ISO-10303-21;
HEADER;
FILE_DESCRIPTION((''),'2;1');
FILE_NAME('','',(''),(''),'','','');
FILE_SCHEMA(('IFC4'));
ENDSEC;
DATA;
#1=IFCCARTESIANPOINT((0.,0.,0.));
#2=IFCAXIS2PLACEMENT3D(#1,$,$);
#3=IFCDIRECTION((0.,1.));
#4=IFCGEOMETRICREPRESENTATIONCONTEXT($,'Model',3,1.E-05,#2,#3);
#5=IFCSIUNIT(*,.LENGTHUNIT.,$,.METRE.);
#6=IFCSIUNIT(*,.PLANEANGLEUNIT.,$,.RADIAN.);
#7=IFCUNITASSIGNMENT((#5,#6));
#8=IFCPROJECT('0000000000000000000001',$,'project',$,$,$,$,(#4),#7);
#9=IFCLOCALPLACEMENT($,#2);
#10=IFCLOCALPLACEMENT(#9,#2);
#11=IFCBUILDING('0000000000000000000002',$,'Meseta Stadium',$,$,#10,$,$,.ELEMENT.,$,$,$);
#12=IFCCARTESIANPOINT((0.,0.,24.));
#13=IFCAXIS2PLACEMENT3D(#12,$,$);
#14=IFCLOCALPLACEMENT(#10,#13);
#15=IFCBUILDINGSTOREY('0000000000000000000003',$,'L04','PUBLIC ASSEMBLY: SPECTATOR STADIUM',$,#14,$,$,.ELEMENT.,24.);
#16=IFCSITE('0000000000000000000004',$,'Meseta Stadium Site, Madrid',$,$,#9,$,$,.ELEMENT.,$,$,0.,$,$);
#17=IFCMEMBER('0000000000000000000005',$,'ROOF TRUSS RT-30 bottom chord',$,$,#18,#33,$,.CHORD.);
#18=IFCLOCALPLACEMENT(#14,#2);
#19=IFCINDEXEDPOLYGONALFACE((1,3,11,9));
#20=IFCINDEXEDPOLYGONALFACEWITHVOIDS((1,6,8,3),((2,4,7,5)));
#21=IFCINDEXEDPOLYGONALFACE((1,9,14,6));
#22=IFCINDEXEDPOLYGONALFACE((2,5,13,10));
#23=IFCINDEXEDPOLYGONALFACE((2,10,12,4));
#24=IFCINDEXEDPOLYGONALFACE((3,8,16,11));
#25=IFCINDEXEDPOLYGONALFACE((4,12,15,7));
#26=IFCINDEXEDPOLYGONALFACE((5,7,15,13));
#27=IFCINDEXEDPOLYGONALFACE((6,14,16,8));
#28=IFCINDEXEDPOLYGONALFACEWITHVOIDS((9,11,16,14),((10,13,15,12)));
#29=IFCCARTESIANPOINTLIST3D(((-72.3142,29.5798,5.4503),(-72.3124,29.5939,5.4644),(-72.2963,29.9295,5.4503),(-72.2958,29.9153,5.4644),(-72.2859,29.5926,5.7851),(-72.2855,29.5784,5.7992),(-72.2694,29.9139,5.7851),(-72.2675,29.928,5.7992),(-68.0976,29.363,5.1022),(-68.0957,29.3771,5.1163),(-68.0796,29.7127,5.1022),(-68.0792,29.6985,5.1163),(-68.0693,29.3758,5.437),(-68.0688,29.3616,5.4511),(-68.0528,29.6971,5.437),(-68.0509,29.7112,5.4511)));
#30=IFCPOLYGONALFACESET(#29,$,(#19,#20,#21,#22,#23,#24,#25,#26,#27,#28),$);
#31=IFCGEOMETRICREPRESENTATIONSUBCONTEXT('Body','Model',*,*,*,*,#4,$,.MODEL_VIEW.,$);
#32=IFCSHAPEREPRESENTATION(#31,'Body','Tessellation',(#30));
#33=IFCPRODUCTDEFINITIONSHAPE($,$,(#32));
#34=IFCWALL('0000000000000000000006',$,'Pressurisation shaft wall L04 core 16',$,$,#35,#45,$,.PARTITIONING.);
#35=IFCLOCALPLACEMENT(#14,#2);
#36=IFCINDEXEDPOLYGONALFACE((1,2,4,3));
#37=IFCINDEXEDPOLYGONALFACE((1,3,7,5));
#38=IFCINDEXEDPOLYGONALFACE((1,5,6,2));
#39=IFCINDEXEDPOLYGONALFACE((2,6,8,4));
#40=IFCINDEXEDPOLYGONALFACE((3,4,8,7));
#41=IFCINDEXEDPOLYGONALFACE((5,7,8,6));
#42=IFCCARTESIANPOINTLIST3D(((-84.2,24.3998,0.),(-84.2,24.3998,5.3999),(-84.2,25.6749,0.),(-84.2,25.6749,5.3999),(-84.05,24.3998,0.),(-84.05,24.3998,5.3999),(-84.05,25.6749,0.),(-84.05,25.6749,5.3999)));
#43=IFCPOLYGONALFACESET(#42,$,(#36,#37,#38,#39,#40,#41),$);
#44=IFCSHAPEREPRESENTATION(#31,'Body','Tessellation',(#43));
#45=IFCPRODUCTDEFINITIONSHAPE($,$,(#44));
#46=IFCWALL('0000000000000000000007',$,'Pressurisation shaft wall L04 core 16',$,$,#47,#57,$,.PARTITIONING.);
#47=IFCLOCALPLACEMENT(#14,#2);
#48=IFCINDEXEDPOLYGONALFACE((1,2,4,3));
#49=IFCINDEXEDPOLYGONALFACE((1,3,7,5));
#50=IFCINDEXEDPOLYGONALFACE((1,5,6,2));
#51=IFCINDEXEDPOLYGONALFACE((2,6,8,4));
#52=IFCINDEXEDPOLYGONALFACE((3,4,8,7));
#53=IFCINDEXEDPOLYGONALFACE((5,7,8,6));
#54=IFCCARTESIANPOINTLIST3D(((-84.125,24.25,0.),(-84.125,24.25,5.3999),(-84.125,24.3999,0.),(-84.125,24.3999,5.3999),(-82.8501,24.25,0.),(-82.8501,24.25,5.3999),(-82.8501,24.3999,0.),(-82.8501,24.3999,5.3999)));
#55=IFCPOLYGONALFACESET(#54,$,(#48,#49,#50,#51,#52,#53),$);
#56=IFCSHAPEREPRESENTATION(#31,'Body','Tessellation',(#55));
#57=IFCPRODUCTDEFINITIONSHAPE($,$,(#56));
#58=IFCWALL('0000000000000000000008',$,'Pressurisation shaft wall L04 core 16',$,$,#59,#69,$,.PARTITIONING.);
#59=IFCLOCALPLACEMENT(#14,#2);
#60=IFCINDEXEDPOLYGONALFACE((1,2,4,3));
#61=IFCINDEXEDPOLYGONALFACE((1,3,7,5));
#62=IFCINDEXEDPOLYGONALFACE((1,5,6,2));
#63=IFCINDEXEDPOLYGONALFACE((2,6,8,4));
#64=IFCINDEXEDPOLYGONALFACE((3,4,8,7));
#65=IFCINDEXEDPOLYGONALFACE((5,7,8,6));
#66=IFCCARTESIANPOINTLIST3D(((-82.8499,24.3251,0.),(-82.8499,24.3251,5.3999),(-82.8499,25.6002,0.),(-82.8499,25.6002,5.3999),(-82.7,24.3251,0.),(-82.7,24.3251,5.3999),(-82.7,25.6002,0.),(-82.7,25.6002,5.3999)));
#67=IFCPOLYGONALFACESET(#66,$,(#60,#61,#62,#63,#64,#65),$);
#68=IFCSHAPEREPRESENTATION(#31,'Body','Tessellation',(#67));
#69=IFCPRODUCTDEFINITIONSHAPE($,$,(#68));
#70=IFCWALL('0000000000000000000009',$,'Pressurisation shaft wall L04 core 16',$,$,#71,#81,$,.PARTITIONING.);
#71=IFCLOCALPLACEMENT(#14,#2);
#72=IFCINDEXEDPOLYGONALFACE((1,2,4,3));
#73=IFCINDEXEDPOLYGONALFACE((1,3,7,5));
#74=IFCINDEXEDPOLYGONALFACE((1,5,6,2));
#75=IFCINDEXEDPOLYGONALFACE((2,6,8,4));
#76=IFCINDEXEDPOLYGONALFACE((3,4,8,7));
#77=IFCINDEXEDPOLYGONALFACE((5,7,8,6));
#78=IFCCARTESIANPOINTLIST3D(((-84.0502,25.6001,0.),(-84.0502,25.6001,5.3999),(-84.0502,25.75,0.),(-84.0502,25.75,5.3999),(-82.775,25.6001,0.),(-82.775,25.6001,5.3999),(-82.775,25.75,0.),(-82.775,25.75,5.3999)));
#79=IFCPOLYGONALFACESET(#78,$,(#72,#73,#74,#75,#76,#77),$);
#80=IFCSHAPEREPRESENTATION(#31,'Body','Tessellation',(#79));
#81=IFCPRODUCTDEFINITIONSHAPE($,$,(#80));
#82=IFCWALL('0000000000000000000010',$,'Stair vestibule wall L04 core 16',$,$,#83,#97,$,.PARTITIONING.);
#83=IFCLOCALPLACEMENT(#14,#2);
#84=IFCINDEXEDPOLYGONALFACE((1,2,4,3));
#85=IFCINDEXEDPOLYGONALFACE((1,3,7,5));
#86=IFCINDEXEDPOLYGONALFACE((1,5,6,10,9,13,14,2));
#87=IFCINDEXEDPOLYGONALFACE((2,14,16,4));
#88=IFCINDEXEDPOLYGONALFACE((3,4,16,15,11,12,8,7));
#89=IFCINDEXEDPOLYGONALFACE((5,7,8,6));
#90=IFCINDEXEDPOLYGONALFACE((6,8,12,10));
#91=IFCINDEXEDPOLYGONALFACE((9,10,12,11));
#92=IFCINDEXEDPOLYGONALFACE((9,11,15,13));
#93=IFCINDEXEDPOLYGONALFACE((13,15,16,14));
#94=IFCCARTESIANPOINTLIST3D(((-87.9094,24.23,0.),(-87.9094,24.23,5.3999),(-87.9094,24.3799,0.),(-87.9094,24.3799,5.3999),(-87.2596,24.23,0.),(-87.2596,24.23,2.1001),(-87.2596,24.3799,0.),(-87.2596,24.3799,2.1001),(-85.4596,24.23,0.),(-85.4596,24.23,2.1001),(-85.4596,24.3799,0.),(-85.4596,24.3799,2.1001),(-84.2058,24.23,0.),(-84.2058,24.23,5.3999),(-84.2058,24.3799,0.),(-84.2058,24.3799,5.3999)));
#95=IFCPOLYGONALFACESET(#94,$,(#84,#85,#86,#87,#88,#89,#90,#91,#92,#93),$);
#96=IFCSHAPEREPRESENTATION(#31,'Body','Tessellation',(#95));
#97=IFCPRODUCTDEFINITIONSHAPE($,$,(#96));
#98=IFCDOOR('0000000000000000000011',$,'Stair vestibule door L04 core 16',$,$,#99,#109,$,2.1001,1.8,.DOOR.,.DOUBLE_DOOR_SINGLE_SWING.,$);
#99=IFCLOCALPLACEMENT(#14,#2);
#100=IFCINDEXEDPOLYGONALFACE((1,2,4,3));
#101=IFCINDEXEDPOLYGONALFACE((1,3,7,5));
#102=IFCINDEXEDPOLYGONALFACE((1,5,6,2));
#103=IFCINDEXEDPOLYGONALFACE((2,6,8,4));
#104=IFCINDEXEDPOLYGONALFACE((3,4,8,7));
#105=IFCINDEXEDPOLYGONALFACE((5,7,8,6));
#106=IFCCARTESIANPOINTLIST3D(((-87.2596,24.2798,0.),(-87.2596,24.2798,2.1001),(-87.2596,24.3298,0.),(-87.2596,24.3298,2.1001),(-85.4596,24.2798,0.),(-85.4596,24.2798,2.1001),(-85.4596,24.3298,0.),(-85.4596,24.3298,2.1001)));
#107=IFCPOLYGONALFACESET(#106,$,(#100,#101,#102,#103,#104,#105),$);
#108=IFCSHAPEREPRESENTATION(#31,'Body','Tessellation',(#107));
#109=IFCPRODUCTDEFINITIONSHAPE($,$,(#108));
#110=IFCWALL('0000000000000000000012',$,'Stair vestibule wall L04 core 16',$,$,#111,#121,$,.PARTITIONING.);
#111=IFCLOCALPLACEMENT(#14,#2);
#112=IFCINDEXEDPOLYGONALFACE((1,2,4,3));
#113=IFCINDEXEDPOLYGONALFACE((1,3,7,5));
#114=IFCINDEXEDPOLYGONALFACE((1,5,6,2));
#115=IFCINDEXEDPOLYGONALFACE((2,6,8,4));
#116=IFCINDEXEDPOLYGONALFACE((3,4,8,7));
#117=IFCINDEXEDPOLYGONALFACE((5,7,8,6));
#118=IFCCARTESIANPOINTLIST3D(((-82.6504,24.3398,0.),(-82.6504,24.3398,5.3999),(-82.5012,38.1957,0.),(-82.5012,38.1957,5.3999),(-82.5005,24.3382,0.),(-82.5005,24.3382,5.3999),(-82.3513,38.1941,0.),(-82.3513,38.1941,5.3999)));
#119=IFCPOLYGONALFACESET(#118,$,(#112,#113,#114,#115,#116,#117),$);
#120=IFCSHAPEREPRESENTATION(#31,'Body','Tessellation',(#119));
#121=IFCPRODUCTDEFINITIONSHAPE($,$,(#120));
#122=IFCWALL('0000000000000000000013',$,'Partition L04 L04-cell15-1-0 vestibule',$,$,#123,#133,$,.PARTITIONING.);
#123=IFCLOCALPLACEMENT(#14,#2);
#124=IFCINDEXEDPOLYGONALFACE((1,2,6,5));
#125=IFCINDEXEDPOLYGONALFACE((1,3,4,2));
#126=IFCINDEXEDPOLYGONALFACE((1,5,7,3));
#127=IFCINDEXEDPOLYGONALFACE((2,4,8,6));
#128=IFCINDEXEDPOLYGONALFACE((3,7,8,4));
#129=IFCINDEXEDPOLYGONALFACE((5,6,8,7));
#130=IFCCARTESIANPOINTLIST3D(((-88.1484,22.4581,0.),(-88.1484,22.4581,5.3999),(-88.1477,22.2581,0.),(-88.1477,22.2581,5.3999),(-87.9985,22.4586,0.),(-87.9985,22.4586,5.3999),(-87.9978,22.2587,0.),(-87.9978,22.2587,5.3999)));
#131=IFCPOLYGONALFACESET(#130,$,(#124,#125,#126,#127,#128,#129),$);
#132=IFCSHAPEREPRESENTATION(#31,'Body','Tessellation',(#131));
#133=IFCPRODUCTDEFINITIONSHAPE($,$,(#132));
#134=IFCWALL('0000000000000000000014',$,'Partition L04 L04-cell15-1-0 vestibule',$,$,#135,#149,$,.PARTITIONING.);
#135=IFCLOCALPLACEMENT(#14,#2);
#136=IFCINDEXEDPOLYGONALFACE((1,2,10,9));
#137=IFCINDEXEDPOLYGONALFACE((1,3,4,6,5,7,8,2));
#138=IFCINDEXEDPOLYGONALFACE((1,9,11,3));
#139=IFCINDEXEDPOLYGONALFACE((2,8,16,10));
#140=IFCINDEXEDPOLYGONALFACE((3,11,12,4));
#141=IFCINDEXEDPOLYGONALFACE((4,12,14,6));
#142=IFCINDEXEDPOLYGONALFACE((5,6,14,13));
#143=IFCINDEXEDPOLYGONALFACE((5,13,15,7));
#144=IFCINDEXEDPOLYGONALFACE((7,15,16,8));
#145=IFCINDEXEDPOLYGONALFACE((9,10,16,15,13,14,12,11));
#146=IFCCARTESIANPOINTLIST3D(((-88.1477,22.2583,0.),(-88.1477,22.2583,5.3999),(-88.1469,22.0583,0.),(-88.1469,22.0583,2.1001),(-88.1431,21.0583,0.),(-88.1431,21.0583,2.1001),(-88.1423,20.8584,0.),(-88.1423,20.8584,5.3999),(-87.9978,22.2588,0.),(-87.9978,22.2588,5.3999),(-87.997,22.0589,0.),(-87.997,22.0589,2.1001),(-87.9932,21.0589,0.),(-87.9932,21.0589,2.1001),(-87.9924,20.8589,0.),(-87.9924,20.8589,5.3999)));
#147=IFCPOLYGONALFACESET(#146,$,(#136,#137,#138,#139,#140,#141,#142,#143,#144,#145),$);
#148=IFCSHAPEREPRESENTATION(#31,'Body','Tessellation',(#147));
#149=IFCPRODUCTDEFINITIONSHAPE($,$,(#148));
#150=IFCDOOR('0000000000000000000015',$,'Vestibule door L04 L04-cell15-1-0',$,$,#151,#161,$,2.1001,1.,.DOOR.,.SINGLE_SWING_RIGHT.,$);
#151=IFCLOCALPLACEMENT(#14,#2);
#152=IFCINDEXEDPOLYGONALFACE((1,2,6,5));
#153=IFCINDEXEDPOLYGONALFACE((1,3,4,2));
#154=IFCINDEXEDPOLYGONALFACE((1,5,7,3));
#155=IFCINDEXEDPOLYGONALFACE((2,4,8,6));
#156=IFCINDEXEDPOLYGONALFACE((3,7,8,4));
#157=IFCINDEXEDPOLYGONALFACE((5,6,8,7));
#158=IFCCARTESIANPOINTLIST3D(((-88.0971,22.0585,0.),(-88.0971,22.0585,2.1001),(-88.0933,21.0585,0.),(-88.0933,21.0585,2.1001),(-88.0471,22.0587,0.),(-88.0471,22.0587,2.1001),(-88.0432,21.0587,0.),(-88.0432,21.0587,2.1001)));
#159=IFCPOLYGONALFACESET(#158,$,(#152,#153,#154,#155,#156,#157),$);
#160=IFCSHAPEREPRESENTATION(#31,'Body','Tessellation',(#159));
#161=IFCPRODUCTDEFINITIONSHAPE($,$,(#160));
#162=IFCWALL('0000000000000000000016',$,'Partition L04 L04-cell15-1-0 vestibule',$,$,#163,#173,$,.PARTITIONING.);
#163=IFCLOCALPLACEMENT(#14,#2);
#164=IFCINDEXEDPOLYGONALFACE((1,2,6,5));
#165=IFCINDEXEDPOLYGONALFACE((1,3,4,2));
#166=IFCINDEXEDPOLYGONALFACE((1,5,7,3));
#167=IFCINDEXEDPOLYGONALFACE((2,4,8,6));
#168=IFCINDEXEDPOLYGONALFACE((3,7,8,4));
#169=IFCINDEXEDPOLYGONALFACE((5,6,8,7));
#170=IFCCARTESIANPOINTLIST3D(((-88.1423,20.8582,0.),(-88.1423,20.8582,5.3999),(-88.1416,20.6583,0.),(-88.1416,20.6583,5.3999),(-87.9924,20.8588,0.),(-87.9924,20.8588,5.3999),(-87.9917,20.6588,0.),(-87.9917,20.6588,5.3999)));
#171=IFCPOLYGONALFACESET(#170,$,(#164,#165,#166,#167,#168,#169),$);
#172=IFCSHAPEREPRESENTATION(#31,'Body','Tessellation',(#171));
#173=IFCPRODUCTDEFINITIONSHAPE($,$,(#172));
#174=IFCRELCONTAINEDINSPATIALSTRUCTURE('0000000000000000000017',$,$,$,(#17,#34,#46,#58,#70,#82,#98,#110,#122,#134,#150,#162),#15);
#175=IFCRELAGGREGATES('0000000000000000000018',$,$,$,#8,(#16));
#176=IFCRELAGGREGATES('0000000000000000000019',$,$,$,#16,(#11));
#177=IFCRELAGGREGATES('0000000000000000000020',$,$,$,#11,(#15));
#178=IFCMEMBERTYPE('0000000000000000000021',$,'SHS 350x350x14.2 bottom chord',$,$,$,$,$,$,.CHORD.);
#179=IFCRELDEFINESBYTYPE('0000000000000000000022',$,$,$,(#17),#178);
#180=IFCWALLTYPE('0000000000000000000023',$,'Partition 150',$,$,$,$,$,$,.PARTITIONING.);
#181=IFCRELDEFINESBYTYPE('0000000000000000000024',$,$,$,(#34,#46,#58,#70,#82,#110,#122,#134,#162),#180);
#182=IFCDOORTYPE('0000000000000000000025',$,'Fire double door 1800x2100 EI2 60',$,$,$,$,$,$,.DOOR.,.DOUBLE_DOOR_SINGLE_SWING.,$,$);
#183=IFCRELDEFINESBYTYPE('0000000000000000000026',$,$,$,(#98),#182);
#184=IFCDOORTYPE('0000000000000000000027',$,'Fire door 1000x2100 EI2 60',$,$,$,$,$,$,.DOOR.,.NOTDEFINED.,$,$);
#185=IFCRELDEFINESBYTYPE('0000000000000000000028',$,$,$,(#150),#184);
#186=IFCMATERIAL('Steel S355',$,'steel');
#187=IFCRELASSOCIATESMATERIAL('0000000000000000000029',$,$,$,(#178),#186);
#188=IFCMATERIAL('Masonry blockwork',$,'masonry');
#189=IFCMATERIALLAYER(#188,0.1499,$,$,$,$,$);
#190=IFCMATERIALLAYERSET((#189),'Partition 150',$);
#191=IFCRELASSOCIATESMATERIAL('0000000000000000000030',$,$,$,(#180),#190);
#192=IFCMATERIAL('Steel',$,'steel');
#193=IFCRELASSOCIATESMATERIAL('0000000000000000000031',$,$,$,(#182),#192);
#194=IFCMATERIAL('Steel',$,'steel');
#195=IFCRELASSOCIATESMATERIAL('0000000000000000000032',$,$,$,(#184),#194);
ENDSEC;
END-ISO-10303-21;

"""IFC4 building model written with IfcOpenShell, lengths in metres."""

from ifc_helpers import new_model, si_unit, direction, frame, frame_2d, origin, origin_2d, place, context, subcontext, project, spatial, rectangle, hollow_rectangle, extrude, material, layer, layer_set, material_profile, profile_set, type_object, element, fill, save


model = new_model("IFC4")

# Units and contexts
model_context = context("Model", 3, precision=1e-05, world=origin(), true_north=direction((0.0, 1.0)))
body_context = subcontext(model_context, "Body", "Model", "MODEL_VIEW")
ifc_project = project(units=[si_unit("LENGTHUNIT", "METRE"), si_unit("PLANEANGLEUNIT", "RADIAN")], contexts=[model_context])

# Site, building, storey
site_placement = place(None, origin())
site = spatial("IfcSite", under=ifc_project, at=site_placement, Name="Meseta Stadium Site, Madrid", CompositionType="ELEMENT", RefElevation=0.0)
building_placement = place(site_placement, origin())
building = spatial("IfcBuilding", under=site, at=building_placement, Name="Meseta Stadium", CompositionType="ELEMENT")
storey_placement = place(building_placement, frame((0.0, 0.0, 24.0)))
storey = spatial("IfcBuildingStorey", under=building, at=storey_placement, Name="L04", Description="PUBLIC ASSEMBLY: SPECTATOR STADIUM", CompositionType="ELEMENT", Elevation=24.0)

# Member
ifc_material_1 = material(Name="Steel S355", Category="steel")
ifc_material_profile_1 = material_profile(ifc_material_1, hollow_rectangle(XDim=0.3501, YDim=0.3501, WallThickness=0.0142, at=origin_2d()), Name="SHS 350x350x14.2")
ifc_profile_set_1 = profile_set([ifc_material_profile_1], Name="Steel S355")
member_type_1 = type_object("IfcMemberType", Name="SHS 350x350x14.2 bottom chord", PredefinedType="CHORD", material=ifc_profile_set_1)
member_1_placement = place(storey_placement, frame((-68.0742, 29.5371, 5.2766), z_axis=(-0.995303, 0.051174, 0.082178), x_axis=(-0.051348, -0.998681, 0.0)))
element("IfcMember", 1, at=member_1_placement, inside=storey, type_object=member_type_1, Name="ROOF TRUSS RT-30 bottom chord", PredefinedType="CHORD", context=body_context, shape_type="SweptSolid", body=[
    extrude(hollow_rectangle(XDim=0.3501, YDim=0.3501, WallThickness=0.0142, at=origin_2d()), origin(), (0.0, 0.0, 1.0), 4.2366),
])

# Walls
ifc_material_2 = material(Name="Masonry blockwork", Category="masonry")
ifc_layer = layer(ifc_material_2, 0.1499)
ifc_layer_set = layer_set([ifc_layer], Name="Partition 150")
wall_type = type_object("IfcWallType", Name="Partition 150", PredefinedType="PARTITIONING", material=ifc_layer_set)
wall_1_placement = place(storey_placement, frame((-84.125, 25.675, 0.0), z_axis=(0.0, 0.0, 1.0), x_axis=(0.0, -1.0, 0.0)))
element("IfcWall", 2, at=wall_1_placement, inside=storey, type_object=wall_type, Name="Pressurisation shaft wall L04 core 16", PredefinedType="PARTITIONING", context=body_context, shape_type="SweptSolid", body=[
    extrude(rectangle(XDim=1.2751, YDim=0.1499, at=frame_2d((0.6377, 0.0))), origin(), (0.0, 0.0, 1.0), 5.3999),
])
wall_2_placement = place(storey_placement, frame((-84.125, 24.325, 0.0), z_axis=(0.0, 0.0, 1.0), x_axis=(1.0, 0.0, 0.0)))
element("IfcWall", 3, at=wall_2_placement, inside=storey, type_object=wall_type, Name="Pressurisation shaft wall L04 core 16", PredefinedType="PARTITIONING", context=body_context, shape_type="SweptSolid", body=[
    extrude(rectangle(XDim=1.2749, YDim=0.1499, at=frame_2d((0.6375, 0.0))), origin(), (0.0, 0.0, 1.0), 5.3999),
])
for number, where, z_axis, x_axis, name in (
    (4, (-82.7749, 24.325, 0.0), (0.0, 0.0, 1.0), (0.0, 1.0, 0.0), "Pressurisation shaft wall L04 core 16"),
    (5, (-82.7749, 25.675, 0.0), (0.0, 0.0, 1.0), (-1.0, 0.0, 0.0), "Pressurisation shaft wall L04 core 16"),
):
    element("IfcWall", number, at=place(storey_placement, frame(where, z_axis=z_axis, x_axis=x_axis)), inside=storey, type_object=wall_type, Name=name, PredefinedType="PARTITIONING", context=body_context, shape_type="SweptSolid", body=[
        extrude(rectangle(XDim=1.2751, YDim=0.1499, at=frame_2d((0.6377, 0.0))), origin(), (0.0, 0.0, 1.0), 5.3999),
    ])

# Wall, opening, door
wall_3_placement = place(storey_placement, frame((-87.9094, 24.3049, 0.0), z_axis=(0.0, 0.0, 1.0), x_axis=(1.0, 0.0, 0.0)))
wall_3 = element("IfcWall", 6, at=wall_3_placement, inside=storey, type_object=wall_type, Name="Stair vestibule wall L04 core 16", PredefinedType="PARTITIONING", context=body_context, shape_type="SweptSolid", body=[
    extrude(rectangle(XDim=3.7036, YDim=0.1499, at=frame_2d((1.8518, 0.0))), origin(), (0.0, 0.0, 1.0), 5.3999),
])
opening_1_placement = place(wall_3_placement, frame((0.6499, 0.0, 0.0)))
opening_1 = element("IfcOpeningElement", 7, at=opening_1_placement, cuts=wall_3, PredefinedType="OPENING", context=body_context, shape_type="SweptSolid", body=[
    extrude(rectangle(XDim=1.8, YDim=2.1001, at=frame_2d((0.8999, 1.05))), frame((0.0, 0.085, 0.0), z_axis=(0.0, -1.0, 0.0), x_axis=(1.0, 0.0, 0.0)), (0.0, 0.0, 1.0), 0.1699),
])
ifc_material_3 = material(Name="Steel", Category="steel")
door_type_1 = type_object("IfcDoorType", Name="Fire double door 1800x2100 EI2 60", OperationType="DOUBLE_DOOR_SINGLE_SWING", PredefinedType="DOOR", material=ifc_material_3)
door_1_placement = place(opening_1_placement, origin())
door_1 = element("IfcDoor", 8, at=door_1_placement, inside=storey, type_object=door_type_1, Name="Stair vestibule door L04 core 16", OperationType="DOUBLE_DOOR_SINGLE_SWING", OverallHeight=2.1001, OverallWidth=1.8, PredefinedType="DOOR", context=body_context, shape_type="SweptSolid", body=[
    extrude(rectangle(XDim=1.8, YDim=2.1001, at=frame_2d((0.8999, 1.05))), frame((0.0, 0.0249, 0.0), z_axis=(0.0, -1.0, 0.0), x_axis=(1.0, 0.0, 0.0)), (0.0, 0.0, 1.0), 0.05),
])
fill(opening_1, door_1)

# Walls
wall_4_placement = place(storey_placement, frame((-82.5754, 24.3391, 0.0), z_axis=(0.0, 0.0, 1.0), x_axis=(0.010765, 0.999942, 0.0)))
element("IfcWall", 9, at=wall_4_placement, inside=storey, type_object=wall_type, Name="Stair vestibule wall L04 core 16", PredefinedType="PARTITIONING", context=body_context, shape_type="SweptSolid", body=[
    extrude(rectangle(XDim=13.8567, YDim=0.1499, at=frame_2d((6.9282, 0.0))), origin(), (0.0, 0.0, 1.0), 5.3999),
])
wall_5_placement = place(storey_placement, frame((-88.0735, 22.4585, 0.0), z_axis=(0.0, 0.0, 1.0), x_axis=(0.003663, -0.999993, 0.0)))
element("IfcWall", 10, at=wall_5_placement, inside=storey, type_object=wall_type, Name="Partition L04 L04-cell15-1-0 vestibule", PredefinedType="PARTITIONING", context=body_context, shape_type="SweptSolid", body=[
    extrude(rectangle(XDim=0.2, YDim=0.1499, at=frame_2d((0.1001, 0.0))), origin(), (0.0, 0.0, 1.0), 5.3999),
])

# Wall, opening, door
wall_6_placement = place(storey_placement, frame((-88.0728, 22.2585, 0.0), z_axis=(0.0, 0.0, 1.0), x_axis=(0.003837, -0.999993, 0.0)))
wall_6 = element("IfcWall", 11, at=wall_6_placement, inside=storey, type_object=wall_type, Name="Partition L04 L04-cell15-1-0 vestibule", PredefinedType="PARTITIONING", context=body_context, shape_type="SweptSolid", body=[
    extrude(rectangle(XDim=1.3999, YDim=0.1499, at=frame_2d((0.7, 0.0))), origin(), (0.0, 0.0, 1.0), 5.3999),
])
opening_2_placement = place(wall_6_placement, frame((0.2, 0.0, 0.0)))
opening_2 = element("IfcOpeningElement", 12, at=opening_2_placement, cuts=wall_6, PredefinedType="OPENING", context=body_context, shape_type="SweptSolid", body=[
    extrude(rectangle(XDim=1.0, YDim=2.1001, at=frame_2d((0.5, 1.05))), frame((0.0, 0.085, 0.0), z_axis=(0.0, -1.0, 0.0), x_axis=(1.0, 0.0, 0.0)), (0.0, 0.0, 1.0), 0.1699),
])
ifc_material_4 = material(Name="Steel", Category="steel")
door_type_2 = type_object("IfcDoorType", Name="Fire door 1000x2100 EI2 60", OperationType="NOTDEFINED", PredefinedType="DOOR", material=ifc_material_4)
door_2_placement = place(opening_2_placement, origin())
door_2 = element("IfcDoor", 13, at=door_2_placement, inside=storey, type_object=door_type_2, Name="Vestibule door L04 L04-cell15-1-0", OperationType="SINGLE_SWING_RIGHT", OverallHeight=2.1001, OverallWidth=1.0, PredefinedType="DOOR", context=body_context, shape_type="SweptSolid", body=[
    extrude(rectangle(XDim=1.0, YDim=2.1001, at=frame_2d((0.5, 1.05))), frame((0.0, 0.0249, 0.0), z_axis=(0.0, -1.0, 0.0), x_axis=(1.0, 0.0, 0.0)), (0.0, 0.0, 1.0), 0.05),
])
fill(opening_2, door_2)

# Wall
wall_7_placement = place(storey_placement, frame((-88.0674, 20.8586, 0.0), z_axis=(0.0, 0.0, 1.0), x_axis=(0.003663, -0.999993, 0.0)))
element("IfcWall", 14, at=wall_7_placement, inside=storey, type_object=wall_type, Name="Partition L04 L04-cell15-1-0 vestibule", PredefinedType="PARTITIONING", context=body_context, shape_type="SweptSolid", body=[
    extrude(rectangle(XDim=0.2, YDim=0.1499, at=frame_2d((0.1001, 0.0))), origin(), (0.0, 0.0, 1.0), 5.3999),
])

save(model, "model.ifc")
